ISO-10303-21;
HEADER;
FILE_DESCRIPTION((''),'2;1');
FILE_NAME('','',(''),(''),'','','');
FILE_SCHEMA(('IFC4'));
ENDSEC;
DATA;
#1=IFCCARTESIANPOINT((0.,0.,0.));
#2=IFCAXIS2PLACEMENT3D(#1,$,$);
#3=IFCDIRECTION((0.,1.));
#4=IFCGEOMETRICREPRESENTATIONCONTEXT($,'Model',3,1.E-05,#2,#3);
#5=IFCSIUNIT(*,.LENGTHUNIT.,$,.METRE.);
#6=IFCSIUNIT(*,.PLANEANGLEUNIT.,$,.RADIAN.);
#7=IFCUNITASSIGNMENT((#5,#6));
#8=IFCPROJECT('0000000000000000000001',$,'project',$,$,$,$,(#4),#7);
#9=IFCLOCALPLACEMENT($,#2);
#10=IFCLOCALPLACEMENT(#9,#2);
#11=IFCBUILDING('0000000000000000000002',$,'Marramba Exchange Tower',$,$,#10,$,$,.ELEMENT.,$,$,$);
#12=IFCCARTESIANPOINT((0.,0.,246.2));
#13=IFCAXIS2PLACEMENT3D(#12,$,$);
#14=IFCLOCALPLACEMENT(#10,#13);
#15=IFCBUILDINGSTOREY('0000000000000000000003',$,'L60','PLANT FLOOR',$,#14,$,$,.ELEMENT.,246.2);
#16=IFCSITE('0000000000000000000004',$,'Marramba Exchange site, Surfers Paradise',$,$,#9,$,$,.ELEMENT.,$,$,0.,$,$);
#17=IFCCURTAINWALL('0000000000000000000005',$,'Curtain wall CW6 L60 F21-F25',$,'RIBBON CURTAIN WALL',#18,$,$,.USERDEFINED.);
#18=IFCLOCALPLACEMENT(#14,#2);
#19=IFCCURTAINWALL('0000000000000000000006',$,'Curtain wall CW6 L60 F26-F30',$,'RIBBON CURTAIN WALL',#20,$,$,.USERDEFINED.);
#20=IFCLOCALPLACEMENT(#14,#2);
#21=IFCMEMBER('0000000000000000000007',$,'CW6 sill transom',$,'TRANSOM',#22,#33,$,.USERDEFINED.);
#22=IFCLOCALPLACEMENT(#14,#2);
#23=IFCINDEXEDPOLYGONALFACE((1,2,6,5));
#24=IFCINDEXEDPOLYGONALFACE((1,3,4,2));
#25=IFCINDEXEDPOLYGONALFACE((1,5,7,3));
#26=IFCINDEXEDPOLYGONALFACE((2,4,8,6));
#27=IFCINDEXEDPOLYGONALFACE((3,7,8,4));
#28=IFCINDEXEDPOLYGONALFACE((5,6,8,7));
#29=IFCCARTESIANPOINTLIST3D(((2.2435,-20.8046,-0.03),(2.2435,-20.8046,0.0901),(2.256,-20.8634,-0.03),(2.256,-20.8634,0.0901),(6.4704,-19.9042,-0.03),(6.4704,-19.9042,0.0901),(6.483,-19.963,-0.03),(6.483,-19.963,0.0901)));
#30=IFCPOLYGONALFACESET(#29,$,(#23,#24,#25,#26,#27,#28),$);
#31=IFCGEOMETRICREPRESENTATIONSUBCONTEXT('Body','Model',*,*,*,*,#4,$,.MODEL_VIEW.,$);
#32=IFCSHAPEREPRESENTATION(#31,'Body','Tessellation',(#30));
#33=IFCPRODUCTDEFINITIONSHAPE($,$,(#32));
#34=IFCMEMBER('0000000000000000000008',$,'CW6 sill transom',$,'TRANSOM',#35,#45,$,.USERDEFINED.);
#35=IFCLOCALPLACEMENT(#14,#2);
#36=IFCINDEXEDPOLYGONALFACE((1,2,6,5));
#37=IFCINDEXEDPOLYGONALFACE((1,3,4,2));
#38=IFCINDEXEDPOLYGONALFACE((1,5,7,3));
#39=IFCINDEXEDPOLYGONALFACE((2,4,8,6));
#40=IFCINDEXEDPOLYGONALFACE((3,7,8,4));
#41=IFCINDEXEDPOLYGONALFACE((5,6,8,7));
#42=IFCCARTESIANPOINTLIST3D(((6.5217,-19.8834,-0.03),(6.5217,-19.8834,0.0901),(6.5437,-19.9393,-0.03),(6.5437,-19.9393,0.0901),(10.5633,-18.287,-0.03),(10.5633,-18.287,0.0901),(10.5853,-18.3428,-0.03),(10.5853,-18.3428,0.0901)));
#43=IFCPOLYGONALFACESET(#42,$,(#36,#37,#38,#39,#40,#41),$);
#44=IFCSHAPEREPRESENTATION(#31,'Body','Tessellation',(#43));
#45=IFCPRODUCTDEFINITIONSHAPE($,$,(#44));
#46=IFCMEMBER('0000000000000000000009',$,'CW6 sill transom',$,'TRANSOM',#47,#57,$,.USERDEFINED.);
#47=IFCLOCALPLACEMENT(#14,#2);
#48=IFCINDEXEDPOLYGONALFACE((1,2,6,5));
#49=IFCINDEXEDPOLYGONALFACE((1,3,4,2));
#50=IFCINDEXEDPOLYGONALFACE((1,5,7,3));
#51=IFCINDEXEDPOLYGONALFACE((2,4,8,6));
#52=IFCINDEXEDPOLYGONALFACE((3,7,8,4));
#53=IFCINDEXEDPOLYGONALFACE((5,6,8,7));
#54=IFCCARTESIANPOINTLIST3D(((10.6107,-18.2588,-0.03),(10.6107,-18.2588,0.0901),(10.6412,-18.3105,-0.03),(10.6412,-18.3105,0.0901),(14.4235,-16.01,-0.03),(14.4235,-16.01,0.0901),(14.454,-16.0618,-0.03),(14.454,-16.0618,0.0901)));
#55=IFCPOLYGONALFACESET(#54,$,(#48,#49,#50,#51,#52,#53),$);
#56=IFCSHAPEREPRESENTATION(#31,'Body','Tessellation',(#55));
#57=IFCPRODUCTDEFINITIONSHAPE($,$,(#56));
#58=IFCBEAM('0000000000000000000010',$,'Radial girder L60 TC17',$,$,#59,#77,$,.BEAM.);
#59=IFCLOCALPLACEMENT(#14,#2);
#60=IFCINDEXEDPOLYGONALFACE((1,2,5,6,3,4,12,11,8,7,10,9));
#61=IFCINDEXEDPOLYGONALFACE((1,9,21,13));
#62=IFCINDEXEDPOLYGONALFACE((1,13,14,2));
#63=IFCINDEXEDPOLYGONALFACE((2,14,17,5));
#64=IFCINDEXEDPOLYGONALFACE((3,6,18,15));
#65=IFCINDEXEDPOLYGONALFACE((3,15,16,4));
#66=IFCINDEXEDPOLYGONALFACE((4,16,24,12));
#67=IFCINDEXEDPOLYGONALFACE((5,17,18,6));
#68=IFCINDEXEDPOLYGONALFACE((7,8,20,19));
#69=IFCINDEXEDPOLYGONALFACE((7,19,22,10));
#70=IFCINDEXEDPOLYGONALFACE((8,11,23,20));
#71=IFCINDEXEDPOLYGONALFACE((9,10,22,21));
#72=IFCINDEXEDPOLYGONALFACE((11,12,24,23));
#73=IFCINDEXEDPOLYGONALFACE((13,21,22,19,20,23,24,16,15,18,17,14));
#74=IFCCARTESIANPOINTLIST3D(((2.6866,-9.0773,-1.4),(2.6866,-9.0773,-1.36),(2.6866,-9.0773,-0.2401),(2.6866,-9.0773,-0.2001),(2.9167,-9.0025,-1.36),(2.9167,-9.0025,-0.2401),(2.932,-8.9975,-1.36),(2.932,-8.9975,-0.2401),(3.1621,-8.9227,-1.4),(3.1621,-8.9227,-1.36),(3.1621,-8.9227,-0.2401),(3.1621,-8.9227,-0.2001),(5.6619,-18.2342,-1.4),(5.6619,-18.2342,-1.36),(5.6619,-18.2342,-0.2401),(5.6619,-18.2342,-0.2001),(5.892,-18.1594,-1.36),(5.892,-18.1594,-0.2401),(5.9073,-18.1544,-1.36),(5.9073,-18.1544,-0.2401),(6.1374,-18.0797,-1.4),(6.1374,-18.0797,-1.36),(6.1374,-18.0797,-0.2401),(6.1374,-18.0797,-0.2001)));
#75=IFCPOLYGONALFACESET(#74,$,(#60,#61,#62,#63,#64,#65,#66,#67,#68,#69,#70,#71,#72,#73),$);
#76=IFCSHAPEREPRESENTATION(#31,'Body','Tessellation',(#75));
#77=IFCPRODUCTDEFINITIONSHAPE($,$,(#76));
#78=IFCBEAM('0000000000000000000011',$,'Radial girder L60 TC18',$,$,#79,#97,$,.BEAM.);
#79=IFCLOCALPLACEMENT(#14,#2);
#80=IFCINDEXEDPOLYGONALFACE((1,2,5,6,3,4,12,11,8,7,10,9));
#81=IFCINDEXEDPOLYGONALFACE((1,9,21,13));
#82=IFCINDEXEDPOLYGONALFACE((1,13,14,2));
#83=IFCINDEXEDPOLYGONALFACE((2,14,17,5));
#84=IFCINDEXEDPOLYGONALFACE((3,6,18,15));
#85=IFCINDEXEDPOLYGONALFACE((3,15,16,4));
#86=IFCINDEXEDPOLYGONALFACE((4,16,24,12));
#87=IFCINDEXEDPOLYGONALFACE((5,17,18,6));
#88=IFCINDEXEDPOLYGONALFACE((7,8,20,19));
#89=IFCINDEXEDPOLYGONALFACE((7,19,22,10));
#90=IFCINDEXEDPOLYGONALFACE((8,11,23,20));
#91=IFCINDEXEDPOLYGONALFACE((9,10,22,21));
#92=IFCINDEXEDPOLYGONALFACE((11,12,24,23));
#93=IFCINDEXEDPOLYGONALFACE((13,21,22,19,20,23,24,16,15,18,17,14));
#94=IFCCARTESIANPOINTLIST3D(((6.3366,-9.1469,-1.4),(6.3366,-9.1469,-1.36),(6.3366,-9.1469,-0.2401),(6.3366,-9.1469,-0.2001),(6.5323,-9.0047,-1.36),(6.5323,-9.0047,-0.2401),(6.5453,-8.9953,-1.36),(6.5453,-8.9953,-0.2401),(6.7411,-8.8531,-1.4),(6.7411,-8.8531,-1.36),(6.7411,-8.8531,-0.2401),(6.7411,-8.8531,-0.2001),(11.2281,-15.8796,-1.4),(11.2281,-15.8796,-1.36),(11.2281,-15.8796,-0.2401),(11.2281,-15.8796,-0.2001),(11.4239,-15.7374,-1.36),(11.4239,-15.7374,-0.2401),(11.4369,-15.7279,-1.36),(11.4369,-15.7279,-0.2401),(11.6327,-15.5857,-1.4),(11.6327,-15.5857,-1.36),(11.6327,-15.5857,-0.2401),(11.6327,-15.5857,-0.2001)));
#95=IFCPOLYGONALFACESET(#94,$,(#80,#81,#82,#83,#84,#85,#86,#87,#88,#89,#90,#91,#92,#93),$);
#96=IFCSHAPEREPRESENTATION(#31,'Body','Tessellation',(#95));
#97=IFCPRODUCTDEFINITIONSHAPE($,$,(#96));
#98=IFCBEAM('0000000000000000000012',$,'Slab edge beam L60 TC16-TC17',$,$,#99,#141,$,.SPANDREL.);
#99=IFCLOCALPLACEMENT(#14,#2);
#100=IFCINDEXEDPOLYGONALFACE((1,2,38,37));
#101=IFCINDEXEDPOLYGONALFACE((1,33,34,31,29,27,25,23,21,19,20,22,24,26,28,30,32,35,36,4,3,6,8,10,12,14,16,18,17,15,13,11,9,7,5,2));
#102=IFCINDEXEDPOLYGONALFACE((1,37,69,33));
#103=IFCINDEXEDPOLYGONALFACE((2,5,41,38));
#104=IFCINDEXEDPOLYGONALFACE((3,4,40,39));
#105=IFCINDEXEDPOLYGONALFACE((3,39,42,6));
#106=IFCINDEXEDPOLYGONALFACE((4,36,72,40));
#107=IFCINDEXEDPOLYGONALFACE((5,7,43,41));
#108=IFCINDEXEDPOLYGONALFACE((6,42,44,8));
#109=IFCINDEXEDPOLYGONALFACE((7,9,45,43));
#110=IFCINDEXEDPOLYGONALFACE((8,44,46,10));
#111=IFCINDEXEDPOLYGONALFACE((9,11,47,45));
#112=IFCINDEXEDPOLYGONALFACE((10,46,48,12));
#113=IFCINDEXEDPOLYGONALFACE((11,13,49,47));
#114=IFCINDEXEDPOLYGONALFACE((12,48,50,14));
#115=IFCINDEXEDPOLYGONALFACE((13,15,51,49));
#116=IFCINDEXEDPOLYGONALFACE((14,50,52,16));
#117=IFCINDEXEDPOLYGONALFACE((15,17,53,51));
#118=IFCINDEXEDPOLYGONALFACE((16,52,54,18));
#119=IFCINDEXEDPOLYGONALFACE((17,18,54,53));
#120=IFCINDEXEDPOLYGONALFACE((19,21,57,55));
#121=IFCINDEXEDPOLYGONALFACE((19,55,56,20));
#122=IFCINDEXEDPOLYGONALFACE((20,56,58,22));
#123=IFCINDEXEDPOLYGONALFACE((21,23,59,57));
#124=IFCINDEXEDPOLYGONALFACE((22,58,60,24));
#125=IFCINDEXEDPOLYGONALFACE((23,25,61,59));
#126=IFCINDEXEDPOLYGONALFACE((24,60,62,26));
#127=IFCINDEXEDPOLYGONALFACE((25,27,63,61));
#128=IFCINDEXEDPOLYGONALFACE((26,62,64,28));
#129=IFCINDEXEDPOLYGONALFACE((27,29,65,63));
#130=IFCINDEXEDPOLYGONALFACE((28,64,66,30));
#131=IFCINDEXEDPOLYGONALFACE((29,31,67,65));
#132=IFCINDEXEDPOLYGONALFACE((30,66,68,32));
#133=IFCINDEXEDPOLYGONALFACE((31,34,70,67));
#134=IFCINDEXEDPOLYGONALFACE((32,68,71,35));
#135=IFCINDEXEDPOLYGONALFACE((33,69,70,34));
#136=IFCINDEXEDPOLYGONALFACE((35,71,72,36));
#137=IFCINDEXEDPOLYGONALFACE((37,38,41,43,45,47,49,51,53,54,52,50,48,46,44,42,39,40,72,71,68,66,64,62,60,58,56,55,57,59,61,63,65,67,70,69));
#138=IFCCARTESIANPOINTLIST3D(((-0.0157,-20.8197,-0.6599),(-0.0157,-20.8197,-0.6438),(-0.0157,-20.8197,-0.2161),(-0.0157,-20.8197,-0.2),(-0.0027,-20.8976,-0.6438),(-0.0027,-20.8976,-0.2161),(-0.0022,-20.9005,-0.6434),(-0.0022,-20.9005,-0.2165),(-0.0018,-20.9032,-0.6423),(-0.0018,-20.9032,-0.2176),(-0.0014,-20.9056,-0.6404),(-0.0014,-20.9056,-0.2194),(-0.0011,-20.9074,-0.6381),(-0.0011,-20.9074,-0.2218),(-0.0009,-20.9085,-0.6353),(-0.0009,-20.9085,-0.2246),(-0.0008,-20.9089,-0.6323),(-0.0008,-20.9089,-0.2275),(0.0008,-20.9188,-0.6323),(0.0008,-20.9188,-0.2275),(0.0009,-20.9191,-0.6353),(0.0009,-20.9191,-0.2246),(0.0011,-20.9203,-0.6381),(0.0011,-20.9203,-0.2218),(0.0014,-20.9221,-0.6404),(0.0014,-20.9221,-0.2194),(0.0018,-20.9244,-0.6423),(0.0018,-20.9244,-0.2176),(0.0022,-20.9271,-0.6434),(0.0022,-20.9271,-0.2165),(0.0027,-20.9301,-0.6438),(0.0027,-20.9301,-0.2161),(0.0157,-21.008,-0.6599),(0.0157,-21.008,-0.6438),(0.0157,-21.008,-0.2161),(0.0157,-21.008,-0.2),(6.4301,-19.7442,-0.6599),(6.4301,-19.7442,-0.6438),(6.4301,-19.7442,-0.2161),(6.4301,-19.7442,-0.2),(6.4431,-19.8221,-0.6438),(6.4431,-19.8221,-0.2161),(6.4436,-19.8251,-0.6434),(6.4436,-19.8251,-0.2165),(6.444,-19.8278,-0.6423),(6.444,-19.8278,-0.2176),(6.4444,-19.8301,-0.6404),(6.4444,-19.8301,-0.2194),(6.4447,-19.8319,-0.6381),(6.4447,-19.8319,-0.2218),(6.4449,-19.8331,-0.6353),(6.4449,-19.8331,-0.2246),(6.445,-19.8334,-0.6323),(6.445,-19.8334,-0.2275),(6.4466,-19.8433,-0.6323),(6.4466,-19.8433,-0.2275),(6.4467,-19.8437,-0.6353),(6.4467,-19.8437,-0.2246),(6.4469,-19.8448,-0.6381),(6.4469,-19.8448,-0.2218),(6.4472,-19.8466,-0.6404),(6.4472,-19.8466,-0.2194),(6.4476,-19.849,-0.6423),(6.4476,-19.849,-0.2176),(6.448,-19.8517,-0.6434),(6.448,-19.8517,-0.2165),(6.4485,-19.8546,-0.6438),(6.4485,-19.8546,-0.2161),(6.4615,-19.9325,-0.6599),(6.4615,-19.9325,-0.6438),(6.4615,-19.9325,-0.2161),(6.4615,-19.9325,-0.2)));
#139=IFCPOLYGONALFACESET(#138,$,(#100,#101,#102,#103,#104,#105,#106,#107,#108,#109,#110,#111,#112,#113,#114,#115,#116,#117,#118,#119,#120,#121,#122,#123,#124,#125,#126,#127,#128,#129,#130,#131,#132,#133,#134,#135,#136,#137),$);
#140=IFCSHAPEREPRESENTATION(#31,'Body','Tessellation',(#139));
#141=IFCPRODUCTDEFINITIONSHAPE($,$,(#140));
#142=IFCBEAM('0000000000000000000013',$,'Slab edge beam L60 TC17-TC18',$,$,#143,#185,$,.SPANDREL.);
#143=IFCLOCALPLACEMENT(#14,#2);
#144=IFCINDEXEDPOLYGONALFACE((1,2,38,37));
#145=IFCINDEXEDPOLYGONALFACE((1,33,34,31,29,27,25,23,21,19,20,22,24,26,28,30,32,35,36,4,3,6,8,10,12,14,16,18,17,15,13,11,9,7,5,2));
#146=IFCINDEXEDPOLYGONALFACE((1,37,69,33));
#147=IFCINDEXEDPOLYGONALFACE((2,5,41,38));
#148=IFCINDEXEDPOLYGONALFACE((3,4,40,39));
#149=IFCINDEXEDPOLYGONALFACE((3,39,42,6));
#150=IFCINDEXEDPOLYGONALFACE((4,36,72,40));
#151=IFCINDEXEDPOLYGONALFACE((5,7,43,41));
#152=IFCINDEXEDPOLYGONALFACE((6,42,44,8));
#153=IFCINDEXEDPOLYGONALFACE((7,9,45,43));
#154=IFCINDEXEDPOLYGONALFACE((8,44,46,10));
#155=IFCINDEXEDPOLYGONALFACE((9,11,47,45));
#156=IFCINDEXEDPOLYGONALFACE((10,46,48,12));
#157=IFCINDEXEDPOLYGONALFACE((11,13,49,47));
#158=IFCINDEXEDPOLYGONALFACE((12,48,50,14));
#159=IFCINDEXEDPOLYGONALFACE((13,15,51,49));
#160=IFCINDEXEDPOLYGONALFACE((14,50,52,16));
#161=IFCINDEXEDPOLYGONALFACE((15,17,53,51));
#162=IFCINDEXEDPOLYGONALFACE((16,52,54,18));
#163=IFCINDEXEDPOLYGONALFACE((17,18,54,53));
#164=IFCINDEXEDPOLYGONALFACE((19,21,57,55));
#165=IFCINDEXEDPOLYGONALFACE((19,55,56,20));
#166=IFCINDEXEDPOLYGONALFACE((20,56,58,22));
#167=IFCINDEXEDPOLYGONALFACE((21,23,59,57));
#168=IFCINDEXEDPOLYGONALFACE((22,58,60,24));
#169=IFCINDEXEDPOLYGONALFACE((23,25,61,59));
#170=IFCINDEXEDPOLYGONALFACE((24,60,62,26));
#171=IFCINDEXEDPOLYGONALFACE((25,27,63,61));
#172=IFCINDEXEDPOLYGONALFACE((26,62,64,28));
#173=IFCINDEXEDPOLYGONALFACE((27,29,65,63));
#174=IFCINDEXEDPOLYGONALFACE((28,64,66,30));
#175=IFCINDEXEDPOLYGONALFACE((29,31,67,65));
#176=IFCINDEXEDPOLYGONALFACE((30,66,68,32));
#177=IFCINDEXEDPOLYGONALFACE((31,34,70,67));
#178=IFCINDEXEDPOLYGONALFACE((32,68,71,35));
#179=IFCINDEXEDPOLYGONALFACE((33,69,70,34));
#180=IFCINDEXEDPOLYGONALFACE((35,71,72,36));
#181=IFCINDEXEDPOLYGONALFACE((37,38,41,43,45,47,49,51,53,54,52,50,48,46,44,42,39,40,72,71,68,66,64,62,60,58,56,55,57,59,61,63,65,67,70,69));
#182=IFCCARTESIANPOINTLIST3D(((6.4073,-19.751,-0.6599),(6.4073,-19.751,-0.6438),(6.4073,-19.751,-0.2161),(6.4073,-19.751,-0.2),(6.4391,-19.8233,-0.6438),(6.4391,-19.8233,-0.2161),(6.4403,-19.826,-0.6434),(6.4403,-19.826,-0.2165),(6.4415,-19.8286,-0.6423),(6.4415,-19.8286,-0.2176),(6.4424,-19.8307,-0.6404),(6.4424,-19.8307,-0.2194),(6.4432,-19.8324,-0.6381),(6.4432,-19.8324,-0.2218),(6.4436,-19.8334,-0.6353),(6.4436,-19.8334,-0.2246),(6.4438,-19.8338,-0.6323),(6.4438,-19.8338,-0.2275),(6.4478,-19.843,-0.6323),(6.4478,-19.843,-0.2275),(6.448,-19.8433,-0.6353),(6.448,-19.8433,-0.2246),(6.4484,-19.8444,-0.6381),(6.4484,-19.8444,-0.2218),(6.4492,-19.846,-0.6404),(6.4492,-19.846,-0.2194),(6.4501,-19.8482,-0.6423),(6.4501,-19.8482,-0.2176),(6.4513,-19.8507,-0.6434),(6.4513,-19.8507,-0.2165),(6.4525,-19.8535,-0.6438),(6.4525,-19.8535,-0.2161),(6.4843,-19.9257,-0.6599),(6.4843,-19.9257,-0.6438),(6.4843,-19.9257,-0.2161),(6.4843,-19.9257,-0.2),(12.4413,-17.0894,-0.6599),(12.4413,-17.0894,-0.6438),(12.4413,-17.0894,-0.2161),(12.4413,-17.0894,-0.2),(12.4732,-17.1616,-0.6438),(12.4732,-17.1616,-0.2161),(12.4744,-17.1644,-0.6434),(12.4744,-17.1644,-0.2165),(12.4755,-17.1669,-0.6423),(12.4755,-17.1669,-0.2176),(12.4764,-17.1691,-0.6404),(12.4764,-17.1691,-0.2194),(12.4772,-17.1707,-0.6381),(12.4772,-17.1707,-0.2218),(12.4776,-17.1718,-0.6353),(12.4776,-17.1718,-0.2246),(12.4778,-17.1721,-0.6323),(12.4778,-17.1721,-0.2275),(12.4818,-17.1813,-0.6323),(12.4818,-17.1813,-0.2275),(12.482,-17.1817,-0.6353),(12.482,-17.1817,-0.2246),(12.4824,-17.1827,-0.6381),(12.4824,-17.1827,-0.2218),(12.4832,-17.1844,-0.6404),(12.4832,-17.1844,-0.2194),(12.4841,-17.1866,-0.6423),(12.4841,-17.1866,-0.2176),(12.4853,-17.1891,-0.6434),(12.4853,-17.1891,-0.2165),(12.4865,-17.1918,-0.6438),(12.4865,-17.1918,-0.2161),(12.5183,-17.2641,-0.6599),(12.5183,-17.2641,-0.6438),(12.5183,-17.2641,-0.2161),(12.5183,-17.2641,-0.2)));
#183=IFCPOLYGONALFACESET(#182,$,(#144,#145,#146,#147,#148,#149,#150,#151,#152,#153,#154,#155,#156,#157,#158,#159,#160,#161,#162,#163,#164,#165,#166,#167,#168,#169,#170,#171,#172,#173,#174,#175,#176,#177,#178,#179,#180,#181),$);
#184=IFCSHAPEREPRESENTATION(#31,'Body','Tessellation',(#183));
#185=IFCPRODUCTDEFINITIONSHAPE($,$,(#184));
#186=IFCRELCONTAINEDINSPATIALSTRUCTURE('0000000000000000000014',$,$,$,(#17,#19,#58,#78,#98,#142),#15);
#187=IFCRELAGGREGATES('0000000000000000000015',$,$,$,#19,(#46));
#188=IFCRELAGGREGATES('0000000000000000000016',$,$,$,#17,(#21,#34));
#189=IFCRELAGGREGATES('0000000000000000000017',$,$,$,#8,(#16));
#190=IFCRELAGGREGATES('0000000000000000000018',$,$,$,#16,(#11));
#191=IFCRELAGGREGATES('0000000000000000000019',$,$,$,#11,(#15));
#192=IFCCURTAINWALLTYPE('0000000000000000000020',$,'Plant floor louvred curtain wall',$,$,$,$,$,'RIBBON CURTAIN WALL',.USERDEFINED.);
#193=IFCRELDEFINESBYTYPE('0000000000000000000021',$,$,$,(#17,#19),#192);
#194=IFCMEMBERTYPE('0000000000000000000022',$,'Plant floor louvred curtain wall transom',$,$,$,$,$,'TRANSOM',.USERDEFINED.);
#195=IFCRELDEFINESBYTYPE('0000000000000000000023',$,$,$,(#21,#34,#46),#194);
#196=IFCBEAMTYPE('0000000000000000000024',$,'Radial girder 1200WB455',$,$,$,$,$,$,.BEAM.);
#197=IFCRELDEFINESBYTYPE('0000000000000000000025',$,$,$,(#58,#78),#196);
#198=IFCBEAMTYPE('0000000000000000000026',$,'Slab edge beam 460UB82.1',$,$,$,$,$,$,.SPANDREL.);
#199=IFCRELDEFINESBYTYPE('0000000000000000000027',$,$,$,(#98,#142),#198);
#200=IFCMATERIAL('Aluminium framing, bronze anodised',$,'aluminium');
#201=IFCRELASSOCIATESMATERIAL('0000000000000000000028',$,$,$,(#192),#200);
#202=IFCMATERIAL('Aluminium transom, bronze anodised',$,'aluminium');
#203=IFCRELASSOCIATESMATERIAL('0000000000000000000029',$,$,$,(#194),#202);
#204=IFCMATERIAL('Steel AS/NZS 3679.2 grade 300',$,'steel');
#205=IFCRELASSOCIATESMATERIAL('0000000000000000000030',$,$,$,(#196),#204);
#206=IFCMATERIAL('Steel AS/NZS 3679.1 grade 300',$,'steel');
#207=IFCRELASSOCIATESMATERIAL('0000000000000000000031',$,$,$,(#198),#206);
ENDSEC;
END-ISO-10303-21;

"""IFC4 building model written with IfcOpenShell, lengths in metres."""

from ifc_helpers import new_model, si_unit, direction, frame, origin, origin_2d, place, context, subcontext, project, spatial, rectangle, i_section, extrude, material, material_profile, profile_set, type_object, element, aggregate, save


model = new_model("IFC4")

# Units and contexts
model_context = context("Model", 3, precision=1e-05, world=origin(), true_north=direction((0.0, 1.0)))
body_context = subcontext(model_context, "Body", "Model", "MODEL_VIEW")
ifc_project = project(units=[si_unit("LENGTHUNIT", "METRE"), si_unit("PLANEANGLEUNIT", "RADIAN")], contexts=[model_context])

# Site, building, storey
site_placement = place(None, origin())
site = spatial("IfcSite", under=ifc_project, at=site_placement, Name="Marramba Exchange site, Surfers Paradise", CompositionType="ELEMENT", RefElevation=0.0)
building_placement = place(site_placement, origin())
building = spatial("IfcBuilding", under=site, at=building_placement, Name="Marramba Exchange Tower", CompositionType="ELEMENT")
storey_placement = place(building_placement, frame((0.0, 0.0, 246.2)))
storey = spatial("IfcBuildingStorey", under=building, at=storey_placement, Name="L60", Description="PLANT FLOOR", CompositionType="ELEMENT", Elevation=246.2)

# Shared definitions
ifc_material_1 = material(Name="Steel AS/NZS 3679.2 grade 300", Category="steel")

# Shared definitions
ifc_material_2 = material(Name="Steel AS/NZS 3679.1 grade 300", Category="steel")

# Curtain wall
ifc_material_3 = material(Name="Aluminium framing, bronze anodised", Category="aluminium")
curtain_wall_type = type_object("IfcCurtainWallType", Name="Plant floor louvred curtain wall", ElementType="RIBBON CURTAIN WALL", PredefinedType="USERDEFINED", material=ifc_material_3)
curtain_wall_1_placement = place(storey_placement, origin())
curtain_wall_1 = element("IfcCurtainWall", 1, at=curtain_wall_1_placement, inside=storey, type_object=curtain_wall_type, Name="Curtain wall CW6 L60 F21-F25", ObjectType="RIBBON CURTAIN WALL", PredefinedType="USERDEFINED")

# Curtain wall
curtain_wall_2_placement = place(storey_placement, origin())
curtain_wall_2 = element("IfcCurtainWall", 2, at=curtain_wall_2_placement, inside=storey, type_object=curtain_wall_type, Name="Curtain wall CW6 L60 F26-F30", ObjectType="RIBBON CURTAIN WALL", PredefinedType="USERDEFINED")

# Members
ifc_material_4 = material(Name="Aluminium transom, bronze anodised", Category="aluminium")
ifc_material_profile_1 = material_profile(ifc_material_4, rectangle(XDim=0.0601, YDim=0.1201, at=origin_2d()), Name="CW6 transom 60x120")
ifc_profile_set_1 = profile_set([ifc_material_profile_1], Name="Aluminium transom, bronze anodised")
member_type_1 = type_object("IfcMemberType", Name="Plant floor louvred curtain wall transom", ElementType="TRANSOM", PredefinedType="USERDEFINED", material=ifc_profile_set_1)
member_1_placement = place(storey_placement, frame((2.2498, -20.834, 0.03), z_axis=(0.978058, 0.208333, 0.0), x_axis=(-0.208333, 0.978058, 0.0)))
member_1 = element("IfcMember", 3, at=member_1_placement, type_object=member_type_1, Name="CW6 sill transom", ObjectType="TRANSOM", PredefinedType="USERDEFINED", context=body_context, shape_type="SweptSolid", body=[
    extrude(rectangle(XDim=0.0601, YDim=0.1201, at=origin_2d()), origin(), (0.0, 0.0, 1.0), 4.3218),
])
member_2_placement = place(storey_placement, frame((6.5327, -19.9114, 0.03), z_axis=(0.930068, 0.367387, 0.0), x_axis=(-0.367387, 0.930068, 0.0)))
member_2 = element("IfcMember", 4, at=member_2_placement, type_object=member_type_1, Name="CW6 sill transom", ObjectType="TRANSOM", PredefinedType="USERDEFINED", context=body_context, shape_type="SweptSolid", body=[
    extrude(rectangle(XDim=0.0601, YDim=0.1201, at=origin_2d()), origin(), (0.0, 0.0, 1.0), 4.3455),
])
member_3_placement = place(storey_placement, frame((10.626, -18.2847, 0.03), z_axis=(0.861342, 0.508025, 0.0), x_axis=(-0.508025, 0.861342, 0.0)))
member_3 = element("IfcMember", 5, at=member_3_placement, type_object=member_type_1, Name="CW6 sill transom", ObjectType="TRANSOM", PredefinedType="USERDEFINED", context=body_context, shape_type="SweptSolid", body=[
    extrude(rectangle(XDim=0.0601, YDim=0.1201, at=origin_2d()), origin(), (0.0, 0.0, 1.0), 4.4265),
])
aggregate(curtain_wall_2, [member_3])

# Beams
ifc_material_profile_2 = material_profile(ifc_material_1, i_section(OverallWidth=0.5, OverallDepth=1.2, WebThickness=0.0161, FlangeThickness=0.04, at=origin_2d()), Name="1200WB455")
ifc_profile_set_2 = profile_set([ifc_material_profile_2], Name="Steel AS/NZS 3679.2 grade 300")
beam_type_1 = type_object("IfcBeamType", Name="Radial girder 1200WB455", PredefinedType="BEAM", material=ifc_profile_set_2)
beam_1_placement = place(storey_placement, frame((2.9243, -9.0, -0.8), z_axis=(0.309022, -0.951055, 0.0), x_axis=(0.951055, 0.309022, 0.0)))
element("IfcBeam", 6, at=beam_1_placement, inside=storey, type_object=beam_type_1, Name="Radial girder L60 TC17", PredefinedType="BEAM", context=body_context, shape_type="SweptSolid", body=[
    extrude(i_section(OverallWidth=0.5, OverallDepth=1.2, WebThickness=0.0161, FlangeThickness=0.04, at=origin_2d()), origin(), (0.0, 0.0, 1.0), 9.6282),
])
beam_2_placement = place(storey_placement, frame((6.5388, -9.0, -0.8), z_axis=(0.587788, -0.809015, 0.0), x_axis=(0.809015, 0.587788, 0.0)))
element("IfcBeam", 7, at=beam_2_placement, inside=storey, type_object=beam_type_1, Name="Radial girder L60 TC18", PredefinedType="BEAM", context=body_context, shape_type="SweptSolid", body=[
    extrude(i_section(OverallWidth=0.5, OverallDepth=1.2, WebThickness=0.0161, FlangeThickness=0.04, at=origin_2d()), origin(), (0.0, 0.0, 1.0), 8.322),
])
ifc_material_profile_3 = material_profile(ifc_material_2, i_section(OverallWidth=0.1909, OverallDepth=0.46, WebThickness=0.01, FlangeThickness=0.0161, FilletRadius=0.0115, at=origin_2d()), Name="460UB82.1")
ifc_profile_set_3 = profile_set([ifc_material_profile_3], Name="Steel AS/NZS 3679.1 grade 300")
beam_type_2 = type_object("IfcBeamType", Name="Slab edge beam 460UB82.1", PredefinedType="SPANDREL", material=ifc_profile_set_3)
beam_3_placement = place(storey_placement, frame((0.0, -20.9138, -0.4299), z_axis=(0.986366, 0.164569, 0.0), x_axis=(-0.164569, 0.986366, 0.0)))
element("IfcBeam", 8, at=beam_3_placement, inside=storey, type_object=beam_type_2, Name="Slab edge beam L60 TC16-TC17", PredefinedType="SPANDREL", context=body_context, shape_type="SweptSolid", body=[
    extrude(i_section(OverallWidth=0.1909, OverallDepth=0.46, WebThickness=0.01, FlangeThickness=0.0161, FilletRadius=0.0115, at=origin_2d()), origin(), (0.0, 0.0, 1.0), 6.5349),
])
beam_4_placement = place(storey_placement, frame((6.4458, -19.8384, -0.4299), z_axis=(0.914941, 0.403588, 0.0), x_axis=(-0.403588, 0.914941, 0.0)))
element("IfcBeam", 9, at=beam_4_placement, inside=storey, type_object=beam_type_2, Name="Slab edge beam L60 TC17-TC18", PredefinedType="SPANDREL", context=body_context, shape_type="SweptSolid", body=[
    extrude(i_section(OverallWidth=0.1909, OverallDepth=0.46, WebThickness=0.01, FlangeThickness=0.0161, FilletRadius=0.0115, at=origin_2d()), origin(), (0.0, 0.0, 1.0), 6.595),
])

aggregate(curtain_wall_1, [member_1, member_2])

save(model, "model.ifc")
